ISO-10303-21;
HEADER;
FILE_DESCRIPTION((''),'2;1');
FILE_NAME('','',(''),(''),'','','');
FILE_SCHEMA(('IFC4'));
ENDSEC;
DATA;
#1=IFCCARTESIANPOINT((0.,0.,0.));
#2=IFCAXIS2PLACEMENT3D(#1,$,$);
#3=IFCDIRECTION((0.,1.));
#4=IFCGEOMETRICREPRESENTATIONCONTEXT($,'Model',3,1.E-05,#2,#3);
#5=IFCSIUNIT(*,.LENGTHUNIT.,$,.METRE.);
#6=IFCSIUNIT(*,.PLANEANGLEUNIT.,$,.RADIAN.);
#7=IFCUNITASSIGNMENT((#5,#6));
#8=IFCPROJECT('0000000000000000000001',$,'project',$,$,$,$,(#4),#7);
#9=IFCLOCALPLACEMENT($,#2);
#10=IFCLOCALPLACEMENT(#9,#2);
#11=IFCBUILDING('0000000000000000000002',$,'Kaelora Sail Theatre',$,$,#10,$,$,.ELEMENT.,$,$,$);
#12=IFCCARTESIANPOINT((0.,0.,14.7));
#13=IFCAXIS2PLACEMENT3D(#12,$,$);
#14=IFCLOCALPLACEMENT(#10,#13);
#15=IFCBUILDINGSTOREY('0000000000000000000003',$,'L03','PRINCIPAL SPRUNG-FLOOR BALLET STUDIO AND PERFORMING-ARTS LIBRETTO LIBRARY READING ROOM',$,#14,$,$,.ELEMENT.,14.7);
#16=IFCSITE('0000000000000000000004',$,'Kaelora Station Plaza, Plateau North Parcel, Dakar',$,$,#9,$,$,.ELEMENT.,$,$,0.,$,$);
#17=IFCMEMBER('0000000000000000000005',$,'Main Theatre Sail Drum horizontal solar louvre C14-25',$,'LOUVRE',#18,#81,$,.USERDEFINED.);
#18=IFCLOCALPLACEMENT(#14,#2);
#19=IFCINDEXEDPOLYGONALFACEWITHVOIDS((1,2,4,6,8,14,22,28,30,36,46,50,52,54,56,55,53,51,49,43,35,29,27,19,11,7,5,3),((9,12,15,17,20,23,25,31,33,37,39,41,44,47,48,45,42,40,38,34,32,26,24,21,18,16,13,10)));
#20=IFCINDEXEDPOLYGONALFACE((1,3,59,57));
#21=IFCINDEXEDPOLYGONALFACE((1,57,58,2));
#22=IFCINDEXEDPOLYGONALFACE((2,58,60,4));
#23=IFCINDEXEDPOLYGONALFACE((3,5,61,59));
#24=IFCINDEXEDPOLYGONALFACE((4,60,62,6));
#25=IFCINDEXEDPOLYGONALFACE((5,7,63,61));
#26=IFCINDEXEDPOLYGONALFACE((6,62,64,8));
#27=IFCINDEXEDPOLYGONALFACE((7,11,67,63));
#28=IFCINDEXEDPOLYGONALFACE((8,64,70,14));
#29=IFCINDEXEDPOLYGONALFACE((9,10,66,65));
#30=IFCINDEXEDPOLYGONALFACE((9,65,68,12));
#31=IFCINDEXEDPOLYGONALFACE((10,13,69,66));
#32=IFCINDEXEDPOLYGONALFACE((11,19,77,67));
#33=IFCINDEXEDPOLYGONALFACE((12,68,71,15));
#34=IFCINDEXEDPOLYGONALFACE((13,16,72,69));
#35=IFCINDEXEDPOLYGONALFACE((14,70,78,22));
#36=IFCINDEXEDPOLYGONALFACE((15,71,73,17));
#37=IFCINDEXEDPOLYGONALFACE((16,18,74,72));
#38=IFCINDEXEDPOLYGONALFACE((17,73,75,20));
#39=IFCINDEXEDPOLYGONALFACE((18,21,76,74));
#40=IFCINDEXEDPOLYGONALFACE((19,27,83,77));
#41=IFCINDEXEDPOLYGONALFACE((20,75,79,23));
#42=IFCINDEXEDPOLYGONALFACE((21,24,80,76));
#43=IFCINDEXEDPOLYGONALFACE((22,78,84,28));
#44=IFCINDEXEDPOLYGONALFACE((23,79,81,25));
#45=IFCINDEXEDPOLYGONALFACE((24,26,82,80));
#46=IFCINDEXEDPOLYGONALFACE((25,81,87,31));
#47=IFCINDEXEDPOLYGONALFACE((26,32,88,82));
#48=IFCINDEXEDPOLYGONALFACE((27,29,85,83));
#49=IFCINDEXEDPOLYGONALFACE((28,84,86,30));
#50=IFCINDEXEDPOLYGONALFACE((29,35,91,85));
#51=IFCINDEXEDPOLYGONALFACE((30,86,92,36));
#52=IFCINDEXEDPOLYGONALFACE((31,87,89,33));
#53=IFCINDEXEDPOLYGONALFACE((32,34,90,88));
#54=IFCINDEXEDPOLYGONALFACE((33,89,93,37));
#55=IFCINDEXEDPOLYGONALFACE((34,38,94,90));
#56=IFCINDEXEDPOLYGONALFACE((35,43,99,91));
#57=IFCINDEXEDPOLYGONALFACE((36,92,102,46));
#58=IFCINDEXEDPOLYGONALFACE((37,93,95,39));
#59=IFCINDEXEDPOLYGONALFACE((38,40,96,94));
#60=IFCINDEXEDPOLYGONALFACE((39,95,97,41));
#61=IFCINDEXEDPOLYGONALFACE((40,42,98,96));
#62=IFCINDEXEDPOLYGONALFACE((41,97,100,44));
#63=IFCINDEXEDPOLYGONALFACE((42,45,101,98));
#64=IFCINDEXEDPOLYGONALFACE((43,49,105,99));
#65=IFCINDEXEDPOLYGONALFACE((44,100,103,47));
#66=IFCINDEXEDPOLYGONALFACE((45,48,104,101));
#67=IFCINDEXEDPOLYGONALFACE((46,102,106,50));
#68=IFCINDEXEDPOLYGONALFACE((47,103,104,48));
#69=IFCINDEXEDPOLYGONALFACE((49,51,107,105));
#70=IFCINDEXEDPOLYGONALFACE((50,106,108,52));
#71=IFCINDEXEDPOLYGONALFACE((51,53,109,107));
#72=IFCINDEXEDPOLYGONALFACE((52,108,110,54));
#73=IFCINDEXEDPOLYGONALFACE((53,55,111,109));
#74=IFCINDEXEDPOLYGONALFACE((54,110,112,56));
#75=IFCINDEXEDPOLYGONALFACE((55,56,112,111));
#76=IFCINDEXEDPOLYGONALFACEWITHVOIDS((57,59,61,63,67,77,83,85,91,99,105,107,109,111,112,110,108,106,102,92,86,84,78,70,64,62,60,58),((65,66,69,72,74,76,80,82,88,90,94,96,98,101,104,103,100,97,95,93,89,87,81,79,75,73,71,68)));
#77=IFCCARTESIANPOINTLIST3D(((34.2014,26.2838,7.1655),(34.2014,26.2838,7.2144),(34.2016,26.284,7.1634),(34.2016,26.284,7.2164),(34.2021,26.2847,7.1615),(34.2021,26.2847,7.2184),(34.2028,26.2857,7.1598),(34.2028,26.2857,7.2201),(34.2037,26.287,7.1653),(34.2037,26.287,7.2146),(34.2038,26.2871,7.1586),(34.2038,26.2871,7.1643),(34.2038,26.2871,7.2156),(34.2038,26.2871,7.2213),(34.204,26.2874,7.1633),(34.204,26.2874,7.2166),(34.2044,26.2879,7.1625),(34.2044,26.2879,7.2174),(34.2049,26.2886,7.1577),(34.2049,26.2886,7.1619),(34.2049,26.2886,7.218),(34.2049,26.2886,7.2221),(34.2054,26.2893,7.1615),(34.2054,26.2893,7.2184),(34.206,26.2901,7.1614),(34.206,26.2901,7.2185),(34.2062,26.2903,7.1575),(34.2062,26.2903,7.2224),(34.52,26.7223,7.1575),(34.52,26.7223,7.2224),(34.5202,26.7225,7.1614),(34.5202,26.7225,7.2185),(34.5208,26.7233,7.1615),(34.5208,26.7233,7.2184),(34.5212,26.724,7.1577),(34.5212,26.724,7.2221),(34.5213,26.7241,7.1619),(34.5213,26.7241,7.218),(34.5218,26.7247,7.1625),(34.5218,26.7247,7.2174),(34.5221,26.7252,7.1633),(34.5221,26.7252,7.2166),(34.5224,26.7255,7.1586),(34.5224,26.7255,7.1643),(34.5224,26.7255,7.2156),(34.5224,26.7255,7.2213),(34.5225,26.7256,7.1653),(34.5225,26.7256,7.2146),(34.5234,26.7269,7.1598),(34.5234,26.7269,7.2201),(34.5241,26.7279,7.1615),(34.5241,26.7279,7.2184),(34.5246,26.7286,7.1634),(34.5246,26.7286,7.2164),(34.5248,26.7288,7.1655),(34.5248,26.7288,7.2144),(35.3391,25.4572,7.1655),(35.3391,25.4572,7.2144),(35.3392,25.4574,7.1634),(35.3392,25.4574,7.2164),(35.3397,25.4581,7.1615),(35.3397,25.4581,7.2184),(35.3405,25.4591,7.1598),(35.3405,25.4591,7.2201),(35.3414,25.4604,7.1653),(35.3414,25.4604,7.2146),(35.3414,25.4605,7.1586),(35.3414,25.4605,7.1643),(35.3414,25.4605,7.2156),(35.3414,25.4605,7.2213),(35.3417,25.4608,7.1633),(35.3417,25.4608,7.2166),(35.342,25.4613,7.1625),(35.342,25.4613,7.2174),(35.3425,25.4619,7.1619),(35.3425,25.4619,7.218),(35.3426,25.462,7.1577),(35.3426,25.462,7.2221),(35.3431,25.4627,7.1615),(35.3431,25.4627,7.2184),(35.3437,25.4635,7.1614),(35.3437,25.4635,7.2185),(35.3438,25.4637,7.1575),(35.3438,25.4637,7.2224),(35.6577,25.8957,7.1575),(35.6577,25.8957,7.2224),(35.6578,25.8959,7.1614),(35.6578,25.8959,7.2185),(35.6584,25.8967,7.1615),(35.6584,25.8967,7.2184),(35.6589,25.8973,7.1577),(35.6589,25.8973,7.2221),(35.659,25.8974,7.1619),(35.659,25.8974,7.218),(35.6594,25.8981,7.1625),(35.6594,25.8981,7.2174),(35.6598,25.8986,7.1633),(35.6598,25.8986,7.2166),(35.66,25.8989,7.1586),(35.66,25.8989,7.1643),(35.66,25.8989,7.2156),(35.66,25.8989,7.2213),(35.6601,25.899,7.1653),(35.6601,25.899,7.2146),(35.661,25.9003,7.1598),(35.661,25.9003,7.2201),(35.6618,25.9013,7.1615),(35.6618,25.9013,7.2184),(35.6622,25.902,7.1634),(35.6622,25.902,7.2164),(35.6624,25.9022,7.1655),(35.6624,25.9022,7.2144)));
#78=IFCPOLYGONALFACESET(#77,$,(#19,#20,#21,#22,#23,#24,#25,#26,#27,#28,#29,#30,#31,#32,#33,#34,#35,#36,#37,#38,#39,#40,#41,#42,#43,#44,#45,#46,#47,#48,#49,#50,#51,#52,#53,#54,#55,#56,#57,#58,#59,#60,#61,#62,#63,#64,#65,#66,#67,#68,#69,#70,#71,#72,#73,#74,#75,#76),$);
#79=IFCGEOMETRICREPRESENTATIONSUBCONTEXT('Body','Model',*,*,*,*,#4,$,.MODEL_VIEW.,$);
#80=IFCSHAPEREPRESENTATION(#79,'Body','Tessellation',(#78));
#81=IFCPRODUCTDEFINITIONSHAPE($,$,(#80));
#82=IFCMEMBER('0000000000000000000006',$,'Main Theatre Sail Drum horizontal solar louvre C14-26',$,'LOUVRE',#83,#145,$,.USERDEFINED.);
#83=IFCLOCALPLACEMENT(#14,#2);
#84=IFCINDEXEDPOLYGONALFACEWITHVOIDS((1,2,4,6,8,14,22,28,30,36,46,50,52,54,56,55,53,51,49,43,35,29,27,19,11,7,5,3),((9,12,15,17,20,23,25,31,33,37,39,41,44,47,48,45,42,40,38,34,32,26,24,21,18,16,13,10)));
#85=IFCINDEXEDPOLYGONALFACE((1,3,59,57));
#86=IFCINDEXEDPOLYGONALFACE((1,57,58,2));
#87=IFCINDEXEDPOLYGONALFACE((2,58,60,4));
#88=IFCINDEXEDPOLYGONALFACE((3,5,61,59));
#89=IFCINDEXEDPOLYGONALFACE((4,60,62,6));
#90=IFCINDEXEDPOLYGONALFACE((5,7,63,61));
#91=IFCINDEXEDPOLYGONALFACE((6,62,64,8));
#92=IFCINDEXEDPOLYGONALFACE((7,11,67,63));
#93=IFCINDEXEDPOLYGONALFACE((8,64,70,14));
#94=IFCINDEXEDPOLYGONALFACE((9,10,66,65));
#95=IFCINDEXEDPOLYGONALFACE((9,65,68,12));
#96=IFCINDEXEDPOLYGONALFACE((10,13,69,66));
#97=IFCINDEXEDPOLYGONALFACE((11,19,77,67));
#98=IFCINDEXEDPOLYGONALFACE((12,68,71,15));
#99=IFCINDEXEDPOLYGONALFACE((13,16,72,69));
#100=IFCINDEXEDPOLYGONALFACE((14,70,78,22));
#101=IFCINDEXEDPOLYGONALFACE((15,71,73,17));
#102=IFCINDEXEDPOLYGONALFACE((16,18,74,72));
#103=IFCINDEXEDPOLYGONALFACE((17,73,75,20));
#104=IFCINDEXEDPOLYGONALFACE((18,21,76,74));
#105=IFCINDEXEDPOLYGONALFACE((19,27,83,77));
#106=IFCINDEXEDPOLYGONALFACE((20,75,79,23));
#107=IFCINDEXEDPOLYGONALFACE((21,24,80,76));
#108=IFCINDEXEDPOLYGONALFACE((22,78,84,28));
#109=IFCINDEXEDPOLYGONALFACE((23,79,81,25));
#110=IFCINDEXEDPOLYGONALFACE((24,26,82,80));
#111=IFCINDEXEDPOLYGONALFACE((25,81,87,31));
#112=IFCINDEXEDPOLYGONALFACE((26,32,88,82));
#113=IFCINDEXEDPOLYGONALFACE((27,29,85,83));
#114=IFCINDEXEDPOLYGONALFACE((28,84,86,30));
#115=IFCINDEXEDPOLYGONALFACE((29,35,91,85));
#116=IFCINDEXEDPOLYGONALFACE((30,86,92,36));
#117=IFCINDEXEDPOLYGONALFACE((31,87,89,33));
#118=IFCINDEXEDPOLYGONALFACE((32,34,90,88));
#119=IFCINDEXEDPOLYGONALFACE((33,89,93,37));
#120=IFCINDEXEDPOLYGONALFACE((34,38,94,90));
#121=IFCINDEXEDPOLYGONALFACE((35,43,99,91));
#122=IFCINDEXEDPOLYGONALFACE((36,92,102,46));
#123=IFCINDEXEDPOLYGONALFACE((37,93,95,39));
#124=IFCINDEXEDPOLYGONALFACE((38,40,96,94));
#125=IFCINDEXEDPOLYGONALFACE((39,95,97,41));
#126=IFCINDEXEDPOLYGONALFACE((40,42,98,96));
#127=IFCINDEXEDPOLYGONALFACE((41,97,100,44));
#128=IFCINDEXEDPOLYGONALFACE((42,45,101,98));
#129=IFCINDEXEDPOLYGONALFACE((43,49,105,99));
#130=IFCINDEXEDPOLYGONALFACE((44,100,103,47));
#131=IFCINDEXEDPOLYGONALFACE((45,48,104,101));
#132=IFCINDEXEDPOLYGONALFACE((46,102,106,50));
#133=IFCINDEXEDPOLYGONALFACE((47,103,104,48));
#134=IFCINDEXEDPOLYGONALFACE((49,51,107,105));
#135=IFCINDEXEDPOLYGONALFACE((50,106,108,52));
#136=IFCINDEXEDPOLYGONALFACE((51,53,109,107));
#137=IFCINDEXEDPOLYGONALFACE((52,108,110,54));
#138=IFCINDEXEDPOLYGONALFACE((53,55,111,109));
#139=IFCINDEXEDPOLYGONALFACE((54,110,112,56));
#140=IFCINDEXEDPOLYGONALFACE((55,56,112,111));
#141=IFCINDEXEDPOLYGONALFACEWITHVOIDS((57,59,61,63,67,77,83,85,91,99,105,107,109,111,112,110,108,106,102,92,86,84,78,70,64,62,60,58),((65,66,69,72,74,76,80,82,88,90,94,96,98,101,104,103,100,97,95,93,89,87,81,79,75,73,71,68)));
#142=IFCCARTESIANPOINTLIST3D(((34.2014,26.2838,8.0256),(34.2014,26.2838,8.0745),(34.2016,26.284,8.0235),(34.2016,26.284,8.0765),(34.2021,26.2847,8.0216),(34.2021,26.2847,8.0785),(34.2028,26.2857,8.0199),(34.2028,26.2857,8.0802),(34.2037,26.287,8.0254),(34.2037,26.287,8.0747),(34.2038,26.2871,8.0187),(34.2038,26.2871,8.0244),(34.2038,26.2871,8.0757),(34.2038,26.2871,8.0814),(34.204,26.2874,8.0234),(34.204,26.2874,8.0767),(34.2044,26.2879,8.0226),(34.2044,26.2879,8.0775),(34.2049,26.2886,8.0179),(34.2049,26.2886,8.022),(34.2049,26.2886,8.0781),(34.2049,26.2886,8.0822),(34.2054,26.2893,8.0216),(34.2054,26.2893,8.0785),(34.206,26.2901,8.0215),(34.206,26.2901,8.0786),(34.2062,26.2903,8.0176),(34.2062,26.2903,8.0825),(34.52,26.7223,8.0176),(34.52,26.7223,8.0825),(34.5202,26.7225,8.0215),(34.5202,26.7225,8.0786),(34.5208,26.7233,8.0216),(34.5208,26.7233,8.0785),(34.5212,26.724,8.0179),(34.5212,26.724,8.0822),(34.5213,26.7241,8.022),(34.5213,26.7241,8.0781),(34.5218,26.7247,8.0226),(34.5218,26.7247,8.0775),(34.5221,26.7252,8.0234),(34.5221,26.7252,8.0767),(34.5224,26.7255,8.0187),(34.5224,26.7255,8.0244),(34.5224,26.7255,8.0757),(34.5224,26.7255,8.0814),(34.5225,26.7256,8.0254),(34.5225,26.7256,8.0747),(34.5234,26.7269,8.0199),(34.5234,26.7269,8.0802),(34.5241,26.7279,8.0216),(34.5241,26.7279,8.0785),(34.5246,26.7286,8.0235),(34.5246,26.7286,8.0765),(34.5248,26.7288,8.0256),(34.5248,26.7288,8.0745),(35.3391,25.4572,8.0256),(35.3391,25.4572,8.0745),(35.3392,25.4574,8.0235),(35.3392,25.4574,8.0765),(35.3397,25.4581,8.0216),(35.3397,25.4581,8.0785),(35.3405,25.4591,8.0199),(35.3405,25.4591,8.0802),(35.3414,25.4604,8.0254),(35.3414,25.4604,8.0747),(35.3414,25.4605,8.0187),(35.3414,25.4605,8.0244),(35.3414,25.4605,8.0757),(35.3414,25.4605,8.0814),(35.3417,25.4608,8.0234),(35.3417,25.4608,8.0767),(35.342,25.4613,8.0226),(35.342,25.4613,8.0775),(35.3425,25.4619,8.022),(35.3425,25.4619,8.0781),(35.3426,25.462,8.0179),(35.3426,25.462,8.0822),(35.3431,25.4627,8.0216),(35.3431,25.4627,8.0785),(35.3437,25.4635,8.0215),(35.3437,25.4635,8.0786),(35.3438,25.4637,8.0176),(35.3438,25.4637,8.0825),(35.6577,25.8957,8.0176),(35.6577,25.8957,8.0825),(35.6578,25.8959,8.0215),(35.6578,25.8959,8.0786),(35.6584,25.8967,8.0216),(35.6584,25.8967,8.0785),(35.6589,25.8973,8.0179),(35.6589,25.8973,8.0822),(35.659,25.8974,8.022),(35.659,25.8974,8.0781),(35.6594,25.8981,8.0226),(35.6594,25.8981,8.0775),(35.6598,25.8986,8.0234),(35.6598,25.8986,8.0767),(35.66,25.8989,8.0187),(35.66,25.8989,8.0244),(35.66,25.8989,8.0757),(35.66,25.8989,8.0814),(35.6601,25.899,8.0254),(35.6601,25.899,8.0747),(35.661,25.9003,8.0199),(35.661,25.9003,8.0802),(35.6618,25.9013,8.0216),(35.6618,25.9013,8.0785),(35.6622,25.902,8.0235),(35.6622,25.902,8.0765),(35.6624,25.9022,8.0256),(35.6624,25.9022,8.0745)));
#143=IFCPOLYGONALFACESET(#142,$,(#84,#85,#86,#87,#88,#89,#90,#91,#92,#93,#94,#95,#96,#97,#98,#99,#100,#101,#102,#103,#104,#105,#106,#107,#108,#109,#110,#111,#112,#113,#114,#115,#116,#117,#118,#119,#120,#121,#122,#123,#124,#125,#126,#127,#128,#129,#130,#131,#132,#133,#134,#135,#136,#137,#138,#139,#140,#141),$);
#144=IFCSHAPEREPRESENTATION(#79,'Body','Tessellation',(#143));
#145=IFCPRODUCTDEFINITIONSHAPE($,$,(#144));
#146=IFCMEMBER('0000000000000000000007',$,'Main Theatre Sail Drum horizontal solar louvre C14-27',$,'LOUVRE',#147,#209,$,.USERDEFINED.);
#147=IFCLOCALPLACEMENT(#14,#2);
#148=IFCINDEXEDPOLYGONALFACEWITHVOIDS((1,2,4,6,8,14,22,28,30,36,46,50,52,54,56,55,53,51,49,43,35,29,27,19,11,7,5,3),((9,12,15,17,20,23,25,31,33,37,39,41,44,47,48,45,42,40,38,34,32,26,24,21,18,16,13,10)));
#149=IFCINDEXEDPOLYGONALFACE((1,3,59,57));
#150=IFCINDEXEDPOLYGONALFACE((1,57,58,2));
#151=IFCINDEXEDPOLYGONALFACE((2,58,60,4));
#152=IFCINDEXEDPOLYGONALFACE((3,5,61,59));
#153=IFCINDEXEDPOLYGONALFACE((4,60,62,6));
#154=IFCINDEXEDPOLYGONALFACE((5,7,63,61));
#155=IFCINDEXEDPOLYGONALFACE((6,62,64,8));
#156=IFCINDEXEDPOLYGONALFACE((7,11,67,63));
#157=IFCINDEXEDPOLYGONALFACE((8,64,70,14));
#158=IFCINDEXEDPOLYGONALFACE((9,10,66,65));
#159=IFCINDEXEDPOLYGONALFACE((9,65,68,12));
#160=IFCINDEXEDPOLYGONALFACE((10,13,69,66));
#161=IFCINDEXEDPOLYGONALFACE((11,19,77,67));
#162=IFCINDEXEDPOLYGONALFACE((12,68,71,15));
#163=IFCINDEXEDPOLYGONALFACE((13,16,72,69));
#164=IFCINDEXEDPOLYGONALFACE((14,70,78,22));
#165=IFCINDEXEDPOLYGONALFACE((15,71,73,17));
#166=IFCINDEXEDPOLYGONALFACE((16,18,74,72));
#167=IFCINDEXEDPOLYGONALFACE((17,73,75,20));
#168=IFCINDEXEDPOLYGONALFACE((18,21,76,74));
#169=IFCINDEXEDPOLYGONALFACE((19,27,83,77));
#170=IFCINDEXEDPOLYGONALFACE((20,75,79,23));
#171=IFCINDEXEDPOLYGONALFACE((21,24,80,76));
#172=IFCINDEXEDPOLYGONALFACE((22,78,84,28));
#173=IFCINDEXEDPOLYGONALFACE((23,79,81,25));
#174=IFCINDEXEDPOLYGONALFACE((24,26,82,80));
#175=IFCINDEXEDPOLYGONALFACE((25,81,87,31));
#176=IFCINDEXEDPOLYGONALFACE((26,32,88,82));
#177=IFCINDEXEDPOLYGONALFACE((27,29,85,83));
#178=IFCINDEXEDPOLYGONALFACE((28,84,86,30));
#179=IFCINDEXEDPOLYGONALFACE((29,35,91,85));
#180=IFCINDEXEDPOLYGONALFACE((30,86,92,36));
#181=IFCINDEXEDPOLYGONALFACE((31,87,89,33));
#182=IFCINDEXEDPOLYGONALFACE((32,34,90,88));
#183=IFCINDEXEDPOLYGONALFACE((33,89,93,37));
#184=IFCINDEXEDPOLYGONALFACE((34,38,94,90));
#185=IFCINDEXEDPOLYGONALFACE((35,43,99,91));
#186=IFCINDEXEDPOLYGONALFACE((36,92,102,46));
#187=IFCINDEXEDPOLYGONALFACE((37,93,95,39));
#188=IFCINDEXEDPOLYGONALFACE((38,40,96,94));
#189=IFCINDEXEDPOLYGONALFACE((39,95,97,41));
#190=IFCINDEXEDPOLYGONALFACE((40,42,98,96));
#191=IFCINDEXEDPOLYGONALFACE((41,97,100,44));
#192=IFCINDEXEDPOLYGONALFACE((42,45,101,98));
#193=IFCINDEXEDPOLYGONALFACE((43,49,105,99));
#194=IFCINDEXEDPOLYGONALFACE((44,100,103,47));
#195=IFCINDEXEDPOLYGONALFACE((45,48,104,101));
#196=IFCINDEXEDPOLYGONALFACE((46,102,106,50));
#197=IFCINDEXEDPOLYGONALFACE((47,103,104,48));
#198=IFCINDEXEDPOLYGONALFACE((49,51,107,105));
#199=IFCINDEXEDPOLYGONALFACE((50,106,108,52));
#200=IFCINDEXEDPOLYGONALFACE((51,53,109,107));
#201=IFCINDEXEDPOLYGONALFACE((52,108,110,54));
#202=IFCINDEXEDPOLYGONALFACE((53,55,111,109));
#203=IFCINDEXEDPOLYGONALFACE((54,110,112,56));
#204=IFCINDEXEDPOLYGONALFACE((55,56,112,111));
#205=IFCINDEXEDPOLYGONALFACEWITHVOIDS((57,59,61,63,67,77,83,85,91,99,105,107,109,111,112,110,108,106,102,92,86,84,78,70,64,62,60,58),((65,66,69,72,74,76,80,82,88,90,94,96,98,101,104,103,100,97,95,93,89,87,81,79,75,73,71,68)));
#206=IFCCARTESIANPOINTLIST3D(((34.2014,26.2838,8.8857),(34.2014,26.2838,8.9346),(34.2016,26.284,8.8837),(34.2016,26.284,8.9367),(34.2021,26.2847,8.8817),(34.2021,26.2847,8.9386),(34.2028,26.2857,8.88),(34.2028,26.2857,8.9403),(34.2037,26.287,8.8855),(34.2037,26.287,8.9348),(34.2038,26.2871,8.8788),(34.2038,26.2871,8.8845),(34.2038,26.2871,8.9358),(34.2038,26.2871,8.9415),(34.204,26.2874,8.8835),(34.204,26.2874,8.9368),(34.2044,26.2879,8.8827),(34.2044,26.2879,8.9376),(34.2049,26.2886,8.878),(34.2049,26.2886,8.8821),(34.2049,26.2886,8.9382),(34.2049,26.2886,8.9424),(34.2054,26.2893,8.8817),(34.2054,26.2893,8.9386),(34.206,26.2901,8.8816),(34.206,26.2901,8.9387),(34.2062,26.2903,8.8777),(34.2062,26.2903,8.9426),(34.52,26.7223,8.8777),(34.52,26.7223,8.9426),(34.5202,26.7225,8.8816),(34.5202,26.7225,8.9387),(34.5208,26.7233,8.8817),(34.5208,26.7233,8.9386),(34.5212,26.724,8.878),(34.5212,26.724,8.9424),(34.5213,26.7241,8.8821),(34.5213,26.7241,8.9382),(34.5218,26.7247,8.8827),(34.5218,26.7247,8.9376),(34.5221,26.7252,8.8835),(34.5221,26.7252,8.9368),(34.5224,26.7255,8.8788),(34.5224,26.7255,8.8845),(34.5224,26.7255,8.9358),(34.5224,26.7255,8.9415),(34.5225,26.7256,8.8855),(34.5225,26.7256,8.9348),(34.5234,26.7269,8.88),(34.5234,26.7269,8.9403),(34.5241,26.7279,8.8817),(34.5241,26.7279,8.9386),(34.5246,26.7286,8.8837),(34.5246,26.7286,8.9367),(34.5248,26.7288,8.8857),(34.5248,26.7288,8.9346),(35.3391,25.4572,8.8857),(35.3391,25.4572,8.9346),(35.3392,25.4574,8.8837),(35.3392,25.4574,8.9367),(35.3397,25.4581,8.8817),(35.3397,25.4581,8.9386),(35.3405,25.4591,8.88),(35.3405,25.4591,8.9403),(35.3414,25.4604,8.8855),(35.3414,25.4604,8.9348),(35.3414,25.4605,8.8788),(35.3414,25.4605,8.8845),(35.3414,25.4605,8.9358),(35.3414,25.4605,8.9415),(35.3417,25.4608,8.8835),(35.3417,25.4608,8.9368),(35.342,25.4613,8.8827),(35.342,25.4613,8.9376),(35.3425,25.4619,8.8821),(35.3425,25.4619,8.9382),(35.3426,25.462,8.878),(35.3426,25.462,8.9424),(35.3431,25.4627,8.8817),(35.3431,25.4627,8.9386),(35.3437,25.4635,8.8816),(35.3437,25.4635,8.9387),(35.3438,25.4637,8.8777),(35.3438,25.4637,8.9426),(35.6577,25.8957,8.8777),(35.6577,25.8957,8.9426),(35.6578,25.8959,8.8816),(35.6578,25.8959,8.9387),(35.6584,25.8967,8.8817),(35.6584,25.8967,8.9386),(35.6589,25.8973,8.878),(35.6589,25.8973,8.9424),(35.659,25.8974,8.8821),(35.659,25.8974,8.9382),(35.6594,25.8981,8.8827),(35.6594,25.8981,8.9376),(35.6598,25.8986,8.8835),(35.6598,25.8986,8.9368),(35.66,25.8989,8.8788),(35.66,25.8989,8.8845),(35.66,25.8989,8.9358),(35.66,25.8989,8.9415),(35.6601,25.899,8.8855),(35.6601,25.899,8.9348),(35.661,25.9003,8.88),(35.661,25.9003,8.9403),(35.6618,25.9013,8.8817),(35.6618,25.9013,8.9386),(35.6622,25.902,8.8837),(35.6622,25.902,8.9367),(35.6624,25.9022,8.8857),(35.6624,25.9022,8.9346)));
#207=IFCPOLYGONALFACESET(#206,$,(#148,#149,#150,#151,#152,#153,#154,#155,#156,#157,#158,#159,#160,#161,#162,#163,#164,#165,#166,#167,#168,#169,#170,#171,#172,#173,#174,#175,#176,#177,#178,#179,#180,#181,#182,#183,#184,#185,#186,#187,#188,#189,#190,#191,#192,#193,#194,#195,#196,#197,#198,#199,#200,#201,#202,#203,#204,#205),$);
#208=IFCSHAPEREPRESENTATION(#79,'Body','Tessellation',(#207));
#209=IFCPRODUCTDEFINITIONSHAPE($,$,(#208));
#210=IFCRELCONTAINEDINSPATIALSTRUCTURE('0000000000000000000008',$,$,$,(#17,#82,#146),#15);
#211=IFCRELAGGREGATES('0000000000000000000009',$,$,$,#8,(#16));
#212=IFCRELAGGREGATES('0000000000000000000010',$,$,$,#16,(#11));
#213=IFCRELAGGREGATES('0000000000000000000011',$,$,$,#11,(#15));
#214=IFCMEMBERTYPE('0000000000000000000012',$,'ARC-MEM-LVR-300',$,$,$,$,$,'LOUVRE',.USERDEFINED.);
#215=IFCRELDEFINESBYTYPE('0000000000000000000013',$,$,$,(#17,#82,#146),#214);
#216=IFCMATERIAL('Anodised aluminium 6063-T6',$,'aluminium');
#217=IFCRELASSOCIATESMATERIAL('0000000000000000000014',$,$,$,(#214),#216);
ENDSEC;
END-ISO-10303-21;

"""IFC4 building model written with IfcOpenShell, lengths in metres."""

from ifc_helpers import new_model, si_unit, direction, frame, origin, origin_2d, place, context, subcontext, project, spatial, hollow_rectangle, extrude, material, material_profile, profile_set, type_object, element, save


model = new_model("IFC4")

# Units and contexts
model_context = context("Model", 3, precision=1e-05, world=origin(), true_north=direction((0.0, 1.0)))
body_context = subcontext(model_context, "Body", "Model", "MODEL_VIEW")
ifc_project = project(units=[si_unit("LENGTHUNIT", "METRE"), si_unit("PLANEANGLEUNIT", "RADIAN")], contexts=[model_context])

# Site, building, storey
site_placement = place(None, origin())
site = spatial("IfcSite", under=ifc_project, at=site_placement, Name="Kaelora Station Plaza, Plateau North Parcel, Dakar", CompositionType="ELEMENT", RefElevation=0.0)
building_placement = place(site_placement, origin())
building = spatial("IfcBuilding", under=site, at=building_placement, Name="Kaelora Sail Theatre", CompositionType="ELEMENT")
storey_placement = place(building_placement, frame((0.0, 0.0, 14.7)))
storey = spatial("IfcBuildingStorey", under=building, at=storey_placement, Name="L03", Description="PRINCIPAL SPRUNG-FLOOR BALLET STUDIO AND PERFORMING-ARTS LIBRETTO LIBRARY READING ROOM", CompositionType="ELEMENT", Elevation=14.7)

# Members
ifc_material = material(Name="Anodised aluminium 6063-T6", Category="aluminium")
ifc_material_profile = material_profile(ifc_material, hollow_rectangle(XDim=0.55, YDim=0.0649, WallThickness=0.0039, InnerFilletRadius=0.0039, OuterFilletRadius=0.0081, at=origin_2d()), Name="LOUVRE 550x65x4")
ifc_profile_set = profile_set([ifc_material_profile], Name="Anodised aluminium 6063-T6")
member_type = type_object("IfcMemberType", Name="ARC-MEM-LVR-300", ElementType="LOUVRE", PredefinedType="USERDEFINED", material=ifc_profile_set)
for number, where, z_axis, x_axis, name in (
    (1, (35.5007, 25.6797, 7.1899), (-0.808991, 0.587821, 0.0), (-0.587821, -0.808991, 0.0), "Main Theatre Sail Drum horizontal solar louvre C14-25"),
    (2, (35.5007, 25.6797, 8.05), (-0.808991, 0.587821, 0.0), (-0.587821, -0.808991, 0.0), "Main Theatre Sail Drum horizontal solar louvre C14-26"),
    (3, (35.5007, 25.6797, 8.9102), (-0.808991, 0.587821, 0.0), (-0.587821, -0.808991, 0.0), "Main Theatre Sail Drum horizontal solar louvre C14-27"),
):
    element("IfcMember", number, at=place(storey_placement, frame(where, z_axis=z_axis, x_axis=x_axis)), inside=storey, type_object=member_type, Name=name, ObjectType="LOUVRE", PredefinedType="USERDEFINED", context=body_context, shape_type="SweptSolid", body=[
        extrude(hollow_rectangle(XDim=0.55, YDim=0.0649, WallThickness=0.0039, InnerFilletRadius=0.0039, OuterFilletRadius=0.0081, at=origin_2d()), origin(), (0.0, 0.0, 1.0), 1.4062),
    ])

save(model, "model.ifc")
